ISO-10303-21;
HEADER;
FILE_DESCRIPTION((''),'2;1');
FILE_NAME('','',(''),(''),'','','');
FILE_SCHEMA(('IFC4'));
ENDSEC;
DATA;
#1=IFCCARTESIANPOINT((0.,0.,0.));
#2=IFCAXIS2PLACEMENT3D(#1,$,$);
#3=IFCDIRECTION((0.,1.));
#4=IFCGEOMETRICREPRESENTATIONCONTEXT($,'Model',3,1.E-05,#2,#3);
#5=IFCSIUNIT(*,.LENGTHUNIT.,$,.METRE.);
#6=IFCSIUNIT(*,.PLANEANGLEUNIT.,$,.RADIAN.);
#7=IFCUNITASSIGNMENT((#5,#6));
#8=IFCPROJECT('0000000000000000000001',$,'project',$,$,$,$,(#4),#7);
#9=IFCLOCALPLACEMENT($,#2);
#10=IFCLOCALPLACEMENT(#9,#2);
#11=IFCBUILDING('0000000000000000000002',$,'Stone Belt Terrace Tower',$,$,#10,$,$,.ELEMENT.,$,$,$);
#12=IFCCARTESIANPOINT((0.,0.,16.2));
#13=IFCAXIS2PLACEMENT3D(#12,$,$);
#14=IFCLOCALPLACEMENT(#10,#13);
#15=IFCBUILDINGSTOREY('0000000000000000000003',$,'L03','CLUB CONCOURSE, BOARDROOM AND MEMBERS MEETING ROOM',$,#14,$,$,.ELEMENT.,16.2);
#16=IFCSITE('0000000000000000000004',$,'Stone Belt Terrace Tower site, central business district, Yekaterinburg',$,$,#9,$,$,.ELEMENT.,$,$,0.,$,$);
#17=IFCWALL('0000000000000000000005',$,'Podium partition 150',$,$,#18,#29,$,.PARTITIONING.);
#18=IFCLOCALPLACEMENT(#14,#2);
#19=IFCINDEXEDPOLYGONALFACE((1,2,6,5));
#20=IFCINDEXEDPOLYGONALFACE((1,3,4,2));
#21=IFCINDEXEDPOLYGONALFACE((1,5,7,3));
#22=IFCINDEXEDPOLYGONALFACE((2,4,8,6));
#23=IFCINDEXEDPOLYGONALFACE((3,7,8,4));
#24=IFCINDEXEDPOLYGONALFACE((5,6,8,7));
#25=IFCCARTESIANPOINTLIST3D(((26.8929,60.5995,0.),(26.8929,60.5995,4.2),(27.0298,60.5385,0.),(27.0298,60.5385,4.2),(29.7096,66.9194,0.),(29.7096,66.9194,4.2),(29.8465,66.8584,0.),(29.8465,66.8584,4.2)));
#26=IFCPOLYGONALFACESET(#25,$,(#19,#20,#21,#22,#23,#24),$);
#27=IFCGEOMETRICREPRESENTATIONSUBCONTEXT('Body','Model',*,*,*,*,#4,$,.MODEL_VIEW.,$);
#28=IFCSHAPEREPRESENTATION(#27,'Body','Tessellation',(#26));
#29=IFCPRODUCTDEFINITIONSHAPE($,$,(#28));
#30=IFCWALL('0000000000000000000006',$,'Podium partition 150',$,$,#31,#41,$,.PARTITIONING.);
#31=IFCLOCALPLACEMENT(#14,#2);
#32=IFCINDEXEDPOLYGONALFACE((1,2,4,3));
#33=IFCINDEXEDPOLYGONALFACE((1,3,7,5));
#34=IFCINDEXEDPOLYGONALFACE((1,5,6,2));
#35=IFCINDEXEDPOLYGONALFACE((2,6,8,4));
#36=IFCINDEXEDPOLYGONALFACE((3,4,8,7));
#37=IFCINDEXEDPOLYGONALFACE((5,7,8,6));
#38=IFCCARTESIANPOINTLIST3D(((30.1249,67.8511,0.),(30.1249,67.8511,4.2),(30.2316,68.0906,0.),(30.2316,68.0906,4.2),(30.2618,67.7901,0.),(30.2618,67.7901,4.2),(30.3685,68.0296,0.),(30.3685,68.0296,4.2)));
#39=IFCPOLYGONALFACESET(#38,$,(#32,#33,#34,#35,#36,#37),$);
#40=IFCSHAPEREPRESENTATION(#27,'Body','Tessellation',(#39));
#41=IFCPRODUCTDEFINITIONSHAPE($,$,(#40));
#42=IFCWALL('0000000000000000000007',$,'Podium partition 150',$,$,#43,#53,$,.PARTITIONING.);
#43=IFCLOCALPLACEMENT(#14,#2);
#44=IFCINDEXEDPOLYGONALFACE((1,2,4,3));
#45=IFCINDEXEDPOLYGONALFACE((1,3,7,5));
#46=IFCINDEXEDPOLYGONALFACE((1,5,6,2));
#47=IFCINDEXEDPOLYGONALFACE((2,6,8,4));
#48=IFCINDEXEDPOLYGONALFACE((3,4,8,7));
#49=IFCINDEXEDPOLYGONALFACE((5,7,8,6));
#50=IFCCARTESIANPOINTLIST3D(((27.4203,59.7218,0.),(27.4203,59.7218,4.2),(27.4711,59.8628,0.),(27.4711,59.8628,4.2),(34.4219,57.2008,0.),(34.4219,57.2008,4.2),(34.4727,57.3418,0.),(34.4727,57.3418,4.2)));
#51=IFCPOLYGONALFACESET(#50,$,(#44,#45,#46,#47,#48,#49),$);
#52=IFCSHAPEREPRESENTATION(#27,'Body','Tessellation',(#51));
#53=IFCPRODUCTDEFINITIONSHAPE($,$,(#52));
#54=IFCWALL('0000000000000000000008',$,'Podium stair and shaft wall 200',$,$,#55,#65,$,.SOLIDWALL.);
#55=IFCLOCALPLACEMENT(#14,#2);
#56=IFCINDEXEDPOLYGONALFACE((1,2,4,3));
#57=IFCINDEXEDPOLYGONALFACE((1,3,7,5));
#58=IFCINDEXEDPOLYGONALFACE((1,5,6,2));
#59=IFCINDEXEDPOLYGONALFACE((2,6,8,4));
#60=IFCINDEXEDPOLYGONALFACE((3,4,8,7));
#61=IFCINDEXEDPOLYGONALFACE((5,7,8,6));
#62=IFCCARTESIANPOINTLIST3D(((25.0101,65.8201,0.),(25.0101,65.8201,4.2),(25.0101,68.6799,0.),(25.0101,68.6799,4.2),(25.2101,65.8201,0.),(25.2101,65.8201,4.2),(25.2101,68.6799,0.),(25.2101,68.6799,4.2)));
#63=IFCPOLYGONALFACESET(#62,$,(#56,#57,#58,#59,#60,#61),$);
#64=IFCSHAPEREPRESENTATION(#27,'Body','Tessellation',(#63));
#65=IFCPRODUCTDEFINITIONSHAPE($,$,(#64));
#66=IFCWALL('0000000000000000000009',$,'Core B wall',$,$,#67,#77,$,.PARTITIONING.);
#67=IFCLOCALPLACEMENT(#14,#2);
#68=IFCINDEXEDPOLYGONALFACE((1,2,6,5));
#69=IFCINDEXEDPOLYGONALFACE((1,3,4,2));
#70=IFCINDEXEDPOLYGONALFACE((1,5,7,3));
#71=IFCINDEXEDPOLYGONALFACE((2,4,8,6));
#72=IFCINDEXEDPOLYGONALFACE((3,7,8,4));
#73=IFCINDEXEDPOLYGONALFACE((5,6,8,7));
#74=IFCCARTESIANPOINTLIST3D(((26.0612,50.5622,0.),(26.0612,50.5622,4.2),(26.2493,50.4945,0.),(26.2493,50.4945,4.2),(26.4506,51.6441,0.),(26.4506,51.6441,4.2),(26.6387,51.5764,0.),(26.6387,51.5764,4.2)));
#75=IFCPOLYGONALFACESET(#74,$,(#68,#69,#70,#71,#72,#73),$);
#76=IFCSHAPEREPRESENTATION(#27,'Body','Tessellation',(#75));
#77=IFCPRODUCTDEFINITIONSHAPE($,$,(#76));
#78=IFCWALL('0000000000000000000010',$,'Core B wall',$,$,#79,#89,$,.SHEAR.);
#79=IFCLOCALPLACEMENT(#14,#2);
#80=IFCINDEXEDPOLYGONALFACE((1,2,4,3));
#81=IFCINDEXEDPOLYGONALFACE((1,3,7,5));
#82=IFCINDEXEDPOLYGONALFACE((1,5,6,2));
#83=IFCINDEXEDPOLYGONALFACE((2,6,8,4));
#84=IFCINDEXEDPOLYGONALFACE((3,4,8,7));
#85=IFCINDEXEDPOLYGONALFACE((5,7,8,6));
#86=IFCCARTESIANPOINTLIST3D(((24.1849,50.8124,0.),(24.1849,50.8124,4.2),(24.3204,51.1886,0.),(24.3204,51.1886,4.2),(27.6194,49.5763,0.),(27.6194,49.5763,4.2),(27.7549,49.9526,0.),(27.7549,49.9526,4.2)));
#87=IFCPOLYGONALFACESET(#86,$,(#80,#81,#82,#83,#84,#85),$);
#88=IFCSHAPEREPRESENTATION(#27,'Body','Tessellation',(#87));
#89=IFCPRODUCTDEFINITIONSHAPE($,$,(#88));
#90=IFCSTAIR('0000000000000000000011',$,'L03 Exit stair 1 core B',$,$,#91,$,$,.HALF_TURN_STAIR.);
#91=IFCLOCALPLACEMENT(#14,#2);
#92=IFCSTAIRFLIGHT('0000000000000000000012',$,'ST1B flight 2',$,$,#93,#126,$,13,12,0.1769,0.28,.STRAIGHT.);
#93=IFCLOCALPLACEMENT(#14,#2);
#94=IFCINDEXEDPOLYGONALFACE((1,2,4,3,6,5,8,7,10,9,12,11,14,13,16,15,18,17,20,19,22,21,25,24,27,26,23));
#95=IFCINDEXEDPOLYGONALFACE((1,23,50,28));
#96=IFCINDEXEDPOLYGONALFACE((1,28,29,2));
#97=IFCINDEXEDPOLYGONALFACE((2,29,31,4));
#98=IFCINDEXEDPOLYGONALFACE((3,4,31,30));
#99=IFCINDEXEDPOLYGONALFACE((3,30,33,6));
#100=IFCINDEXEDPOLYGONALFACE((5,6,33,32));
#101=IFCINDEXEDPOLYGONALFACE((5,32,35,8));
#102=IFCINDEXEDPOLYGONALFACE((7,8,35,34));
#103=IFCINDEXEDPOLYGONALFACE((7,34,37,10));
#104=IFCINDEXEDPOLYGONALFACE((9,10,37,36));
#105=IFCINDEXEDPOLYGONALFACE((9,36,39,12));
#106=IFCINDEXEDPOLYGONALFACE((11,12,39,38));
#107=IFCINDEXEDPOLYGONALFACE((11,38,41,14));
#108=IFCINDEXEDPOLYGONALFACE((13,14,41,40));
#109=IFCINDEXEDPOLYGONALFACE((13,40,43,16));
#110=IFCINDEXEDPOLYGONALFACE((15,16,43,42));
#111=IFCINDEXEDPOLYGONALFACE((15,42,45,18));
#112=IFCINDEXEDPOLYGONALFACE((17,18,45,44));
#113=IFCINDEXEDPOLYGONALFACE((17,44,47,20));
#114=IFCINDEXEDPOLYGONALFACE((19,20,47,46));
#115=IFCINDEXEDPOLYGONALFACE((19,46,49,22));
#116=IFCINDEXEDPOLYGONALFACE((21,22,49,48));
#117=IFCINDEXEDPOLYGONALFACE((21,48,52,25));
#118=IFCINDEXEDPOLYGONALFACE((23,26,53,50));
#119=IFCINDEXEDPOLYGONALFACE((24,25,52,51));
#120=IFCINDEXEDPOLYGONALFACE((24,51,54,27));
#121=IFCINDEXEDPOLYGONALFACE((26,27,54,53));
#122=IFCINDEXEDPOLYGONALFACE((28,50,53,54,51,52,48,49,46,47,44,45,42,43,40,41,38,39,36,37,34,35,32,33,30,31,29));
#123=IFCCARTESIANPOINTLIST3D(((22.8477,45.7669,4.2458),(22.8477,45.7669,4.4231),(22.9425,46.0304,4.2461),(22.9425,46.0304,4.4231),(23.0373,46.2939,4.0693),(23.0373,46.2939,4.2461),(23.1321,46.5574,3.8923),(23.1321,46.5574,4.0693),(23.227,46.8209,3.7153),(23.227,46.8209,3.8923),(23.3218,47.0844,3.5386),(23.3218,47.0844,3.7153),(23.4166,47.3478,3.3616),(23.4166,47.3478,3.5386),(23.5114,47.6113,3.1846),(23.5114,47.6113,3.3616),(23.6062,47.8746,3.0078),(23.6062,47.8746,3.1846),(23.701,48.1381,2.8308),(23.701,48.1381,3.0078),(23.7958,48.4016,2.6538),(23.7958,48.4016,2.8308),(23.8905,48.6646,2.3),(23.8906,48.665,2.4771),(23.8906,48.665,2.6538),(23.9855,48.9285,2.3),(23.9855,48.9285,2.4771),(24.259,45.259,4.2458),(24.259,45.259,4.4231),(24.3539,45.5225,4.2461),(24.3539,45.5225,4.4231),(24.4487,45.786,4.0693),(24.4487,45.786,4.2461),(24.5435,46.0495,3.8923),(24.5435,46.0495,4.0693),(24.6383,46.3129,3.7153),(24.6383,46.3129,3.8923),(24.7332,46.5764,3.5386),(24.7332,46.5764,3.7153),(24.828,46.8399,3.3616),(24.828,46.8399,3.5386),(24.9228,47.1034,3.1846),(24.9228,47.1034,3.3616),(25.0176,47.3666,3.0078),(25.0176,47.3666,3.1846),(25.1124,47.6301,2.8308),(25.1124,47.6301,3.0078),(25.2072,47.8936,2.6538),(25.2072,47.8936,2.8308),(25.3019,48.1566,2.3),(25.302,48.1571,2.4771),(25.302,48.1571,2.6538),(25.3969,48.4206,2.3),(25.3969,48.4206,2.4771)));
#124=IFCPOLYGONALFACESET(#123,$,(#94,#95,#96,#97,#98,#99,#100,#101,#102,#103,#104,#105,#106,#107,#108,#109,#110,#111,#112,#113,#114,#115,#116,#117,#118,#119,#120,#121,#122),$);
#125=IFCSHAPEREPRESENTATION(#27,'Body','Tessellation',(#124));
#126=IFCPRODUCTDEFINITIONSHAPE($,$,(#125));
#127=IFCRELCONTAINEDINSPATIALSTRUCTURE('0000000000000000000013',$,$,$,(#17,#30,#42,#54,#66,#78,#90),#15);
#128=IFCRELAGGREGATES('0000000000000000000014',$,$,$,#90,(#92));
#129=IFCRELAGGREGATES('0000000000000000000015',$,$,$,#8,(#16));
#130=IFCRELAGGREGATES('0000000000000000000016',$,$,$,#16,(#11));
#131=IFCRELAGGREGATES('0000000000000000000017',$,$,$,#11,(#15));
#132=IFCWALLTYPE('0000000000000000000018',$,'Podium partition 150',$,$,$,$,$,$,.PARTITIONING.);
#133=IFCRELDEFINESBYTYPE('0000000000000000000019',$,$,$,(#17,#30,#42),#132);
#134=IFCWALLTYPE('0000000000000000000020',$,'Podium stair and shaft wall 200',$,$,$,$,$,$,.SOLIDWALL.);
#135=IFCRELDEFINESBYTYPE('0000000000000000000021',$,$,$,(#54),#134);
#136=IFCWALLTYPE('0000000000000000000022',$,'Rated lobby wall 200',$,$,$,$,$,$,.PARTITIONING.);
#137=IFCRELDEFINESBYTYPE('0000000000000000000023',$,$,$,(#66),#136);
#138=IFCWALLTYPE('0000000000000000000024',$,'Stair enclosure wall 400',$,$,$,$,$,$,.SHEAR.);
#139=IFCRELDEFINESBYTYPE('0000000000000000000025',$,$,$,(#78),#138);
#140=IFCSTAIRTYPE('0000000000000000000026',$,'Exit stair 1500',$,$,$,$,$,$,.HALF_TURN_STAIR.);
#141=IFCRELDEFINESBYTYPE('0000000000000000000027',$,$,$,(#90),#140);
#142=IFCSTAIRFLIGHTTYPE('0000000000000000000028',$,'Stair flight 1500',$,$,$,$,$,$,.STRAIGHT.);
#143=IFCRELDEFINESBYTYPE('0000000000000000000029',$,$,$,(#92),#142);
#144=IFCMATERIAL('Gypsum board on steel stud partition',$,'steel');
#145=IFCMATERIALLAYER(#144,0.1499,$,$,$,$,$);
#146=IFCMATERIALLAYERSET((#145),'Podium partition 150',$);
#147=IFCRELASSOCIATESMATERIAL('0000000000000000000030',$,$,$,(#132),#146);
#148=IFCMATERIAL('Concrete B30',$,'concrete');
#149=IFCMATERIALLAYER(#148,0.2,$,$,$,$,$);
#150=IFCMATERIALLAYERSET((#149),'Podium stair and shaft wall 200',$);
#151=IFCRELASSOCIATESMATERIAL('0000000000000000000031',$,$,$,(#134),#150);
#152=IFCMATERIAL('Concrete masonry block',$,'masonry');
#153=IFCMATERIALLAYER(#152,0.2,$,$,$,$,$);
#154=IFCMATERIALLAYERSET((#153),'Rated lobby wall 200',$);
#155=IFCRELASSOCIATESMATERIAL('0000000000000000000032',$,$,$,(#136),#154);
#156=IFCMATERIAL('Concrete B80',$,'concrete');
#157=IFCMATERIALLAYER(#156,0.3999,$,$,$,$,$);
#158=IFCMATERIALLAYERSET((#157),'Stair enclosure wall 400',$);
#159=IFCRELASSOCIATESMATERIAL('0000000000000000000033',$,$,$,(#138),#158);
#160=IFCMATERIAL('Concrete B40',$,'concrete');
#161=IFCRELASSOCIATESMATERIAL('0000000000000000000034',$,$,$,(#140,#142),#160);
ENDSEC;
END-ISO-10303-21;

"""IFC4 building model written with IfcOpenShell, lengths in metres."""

from ifc_helpers import new_model, si_unit, direction, frame, frame_2d, origin, place, context, subcontext, project, spatial, polyline, rectangle, outline, extrude, material, layer, layer_set, type_object, element, aggregate, save


model = new_model("IFC4")

# Units and contexts
model_context = context("Model", 3, precision=1e-05, world=origin(), true_north=direction((0.0, 1.0)))
body_context = subcontext(model_context, "Body", "Model", "MODEL_VIEW")
ifc_project = project(units=[si_unit("LENGTHUNIT", "METRE"), si_unit("PLANEANGLEUNIT", "RADIAN")], contexts=[model_context])

# Site, building, storey
site_placement = place(None, origin())
site = spatial("IfcSite", under=ifc_project, at=site_placement, Name="Stone Belt Terrace Tower site, central business district, Yekaterinburg", CompositionType="ELEMENT", RefElevation=0.0)
building_placement = place(site_placement, origin())
building = spatial("IfcBuilding", under=site, at=building_placement, Name="Stone Belt Terrace Tower", CompositionType="ELEMENT")
storey_placement = place(building_placement, frame((0.0, 0.0, 16.2)))
storey = spatial("IfcBuildingStorey", under=building, at=storey_placement, Name="L03", Description="CLUB CONCOURSE, BOARDROOM AND MEMBERS MEETING ROOM", CompositionType="ELEMENT", Elevation=16.2)

# Shared definitions
ifc_material_1 = material(Name="Concrete B80", Category="concrete")

# Walls
ifc_material_2 = material(Name="Gypsum board on steel stud partition", Category="steel")
ifc_layer_1 = layer(ifc_material_2, 0.1499)
ifc_layer_set_1 = layer_set([ifc_layer_1], Name="Podium partition 150")
wall_type_1 = type_object("IfcWallType", Name="Podium partition 150", PredefinedType="PARTITIONING", material=ifc_layer_set_1)
wall_1_placement = place(storey_placement, frame((26.9614, 60.5691, 0.0), z_axis=(0.0, 0.0, 1.0), x_axis=(0.407084, 0.913391, 0.0)))
element("IfcWall", 1, at=wall_1_placement, inside=storey, type_object=wall_type_1, Name="Podium partition 150", PredefinedType="PARTITIONING", context=body_context, shape_type="SweptSolid", body=[
    extrude(rectangle(XDim=6.9192, YDim=0.1499, at=frame_2d((3.4595, 0.0))), origin(), (0.0, 0.0, 1.0), 4.2),
])
wall_2_placement = place(storey_placement, frame((30.1934, 67.8206, 0.0), z_axis=(0.0, 0.0, 1.0), x_axis=(0.406916, 0.913466, 0.0)))
element("IfcWall", 2, at=wall_2_placement, inside=storey, type_object=wall_type_1, Name="Podium partition 150", PredefinedType="PARTITIONING", context=body_context, shape_type="SweptSolid", body=[
    extrude(rectangle(XDim=0.2622, YDim=0.1499, at=frame_2d((0.1311, 0.0))), origin(), (0.0, 0.0, 1.0), 4.2),
])
wall_3_placement = place(storey_placement, frame((27.4458, 59.7922, 0.0), z_axis=(0.0, 0.0, 1.0), x_axis=(0.940871, -0.338765, 0.0)))
element("IfcWall", 3, at=wall_3_placement, inside=storey, type_object=wall_type_1, Name="Podium partition 150", PredefinedType="PARTITIONING", context=body_context, shape_type="SweptSolid", body=[
    extrude(rectangle(XDim=7.4417, YDim=0.1499, at=frame_2d((3.7207, 0.0))), origin(), (0.0, 0.0, 1.0), 4.2),
])
ifc_material_3 = material(Name="Concrete B30", Category="concrete")
ifc_layer_2 = layer(ifc_material_3, 0.2)
ifc_layer_set_2 = layer_set([ifc_layer_2], Name="Podium stair and shaft wall 200")
wall_type_2 = type_object("IfcWallType", Name="Podium stair and shaft wall 200", PredefinedType="SOLIDWALL", material=ifc_layer_set_2)
wall_4_placement = place(storey_placement, frame((25.1101, 65.8201, 0.0), z_axis=(0.0, 0.0, 1.0), x_axis=(0.0, 1.0, 0.0)))
element("IfcWall", 4, at=wall_4_placement, inside=storey, type_object=wall_type_2, Name="Podium stair and shaft wall 200", PredefinedType="SOLIDWALL", context=body_context, shape_type="SweptSolid", body=[
    extrude(rectangle(XDim=2.8599, YDim=0.2, at=frame_2d((1.4299, 0.0))), origin(), (0.0, 0.0, 1.0), 4.2),
])
ifc_material_4 = material(Name="Concrete masonry block", Category="masonry")
ifc_layer_3 = layer(ifc_material_4, 0.2)
ifc_layer_set_3 = layer_set([ifc_layer_3], Name="Rated lobby wall 200")
wall_type_3 = type_object("IfcWallType", Name="Rated lobby wall 200", PredefinedType="PARTITIONING", material=ifc_layer_set_3)
wall_5_placement = place(storey_placement, frame((26.1553, 50.5283, 0.0), z_axis=(0.0, 0.0, 1.0), x_axis=(0.338622, 0.940923, 0.0)))
element("IfcWall", 5, at=wall_5_placement, inside=storey, type_object=wall_type_3, Name="Core B wall", PredefinedType="PARTITIONING", context=body_context, shape_type="SweptSolid", body=[
    extrude(rectangle(XDim=1.1499, YDim=0.2, at=frame_2d((0.575, 0.0))), origin(), (0.0, 0.0, 1.0), 4.2),
])
ifc_layer_4 = layer(ifc_material_1, 0.3999)
ifc_layer_set_4 = layer_set([ifc_layer_4], Name="Stair enclosure wall 400")
wall_type_4 = type_object("IfcWallType", Name="Stair enclosure wall 400", PredefinedType="SHEAR", material=ifc_layer_set_4)
wall_6_placement = place(storey_placement, frame((27.6873, 49.7644, 0.0), z_axis=(0.0, 0.0, 1.0), x_axis=(-0.940919, 0.338632, 0.0)))
element("IfcWall", 6, at=wall_6_placement, inside=storey, type_object=wall_type_4, Name="Core B wall", PredefinedType="SHEAR", context=body_context, shape_type="SweptSolid", body=[
    extrude(rectangle(XDim=3.6501, YDim=0.3999, at=frame_2d((1.8252, 0.0))), origin(), (0.0, 0.0, 1.0), 4.2),
])

# Stair, stair flight
ifc_material_5 = material(Name="Concrete B40", Category="concrete")
stair_type = type_object("IfcStairType", Name="Exit stair 1500", PredefinedType="HALF_TURN_STAIR", material=ifc_material_5)
stair_placement = place(storey_placement, origin())
stair = element("IfcStair", 7, at=stair_placement, inside=storey, type_object=stair_type, Name="L03 Exit stair 1 core B", PredefinedType="HALF_TURN_STAIR")
stair_flight_type = type_object("IfcStairFlightType", Name="Stair flight 1500", PredefinedType="STRAIGHT", material=ifc_material_5)
stair_flight_placement = place(storey_placement, frame((24.6912, 48.6746, 2.3), z_axis=(0.0, 0.0, 1.0), x_axis=(-0.338624, -0.940922, 0.0)))
stair_flight = element("IfcStairFlight", 8, at=stair_flight_placement, type_object=stair_flight_type, Name="ST1B flight 2", NumberOfRisers=13, NumberOfTreads=12, PredefinedType="STRAIGHT", RiserHeight=0.1769, TreadLength=0.28, context=body_context, shape_type="SweptSolid", body=[
    extrude(outline(polyline([(0.0, 0.0), (0.0, 0.177), (0.28, 0.177), (0.28, 0.3538), (0.5601, 0.3538), (0.5601, 0.5308), (0.8401, 0.5308), (0.8401, 0.7078), (1.1201, 0.7078), (1.1201, 0.8845), (1.3999, 0.8845), (1.3999, 1.0615), (1.6799, 1.0615), (1.6799, 1.2385), (1.96, 1.2385), (1.96, 1.4153), (2.24, 1.4153), (2.24, 1.5923), (2.52, 1.5923), (2.52, 1.7693), (2.8, 1.7693), (2.8, 1.946), (3.0801, 1.946), (3.0801, 2.123), (3.3601, 2.123), (3.3601, 2.3), (3.3601, 1.9458), (0.2805, 0.0), (0.0, 0.0)])), frame((0.0, 0.75, 0.0), z_axis=(0.0, -1.0, 0.0), x_axis=(1.0, 0.0, 0.0)), (0.0, 0.0, 1.0), 1.5),
])
aggregate(stair, [stair_flight])

save(model, "model.ifc")
